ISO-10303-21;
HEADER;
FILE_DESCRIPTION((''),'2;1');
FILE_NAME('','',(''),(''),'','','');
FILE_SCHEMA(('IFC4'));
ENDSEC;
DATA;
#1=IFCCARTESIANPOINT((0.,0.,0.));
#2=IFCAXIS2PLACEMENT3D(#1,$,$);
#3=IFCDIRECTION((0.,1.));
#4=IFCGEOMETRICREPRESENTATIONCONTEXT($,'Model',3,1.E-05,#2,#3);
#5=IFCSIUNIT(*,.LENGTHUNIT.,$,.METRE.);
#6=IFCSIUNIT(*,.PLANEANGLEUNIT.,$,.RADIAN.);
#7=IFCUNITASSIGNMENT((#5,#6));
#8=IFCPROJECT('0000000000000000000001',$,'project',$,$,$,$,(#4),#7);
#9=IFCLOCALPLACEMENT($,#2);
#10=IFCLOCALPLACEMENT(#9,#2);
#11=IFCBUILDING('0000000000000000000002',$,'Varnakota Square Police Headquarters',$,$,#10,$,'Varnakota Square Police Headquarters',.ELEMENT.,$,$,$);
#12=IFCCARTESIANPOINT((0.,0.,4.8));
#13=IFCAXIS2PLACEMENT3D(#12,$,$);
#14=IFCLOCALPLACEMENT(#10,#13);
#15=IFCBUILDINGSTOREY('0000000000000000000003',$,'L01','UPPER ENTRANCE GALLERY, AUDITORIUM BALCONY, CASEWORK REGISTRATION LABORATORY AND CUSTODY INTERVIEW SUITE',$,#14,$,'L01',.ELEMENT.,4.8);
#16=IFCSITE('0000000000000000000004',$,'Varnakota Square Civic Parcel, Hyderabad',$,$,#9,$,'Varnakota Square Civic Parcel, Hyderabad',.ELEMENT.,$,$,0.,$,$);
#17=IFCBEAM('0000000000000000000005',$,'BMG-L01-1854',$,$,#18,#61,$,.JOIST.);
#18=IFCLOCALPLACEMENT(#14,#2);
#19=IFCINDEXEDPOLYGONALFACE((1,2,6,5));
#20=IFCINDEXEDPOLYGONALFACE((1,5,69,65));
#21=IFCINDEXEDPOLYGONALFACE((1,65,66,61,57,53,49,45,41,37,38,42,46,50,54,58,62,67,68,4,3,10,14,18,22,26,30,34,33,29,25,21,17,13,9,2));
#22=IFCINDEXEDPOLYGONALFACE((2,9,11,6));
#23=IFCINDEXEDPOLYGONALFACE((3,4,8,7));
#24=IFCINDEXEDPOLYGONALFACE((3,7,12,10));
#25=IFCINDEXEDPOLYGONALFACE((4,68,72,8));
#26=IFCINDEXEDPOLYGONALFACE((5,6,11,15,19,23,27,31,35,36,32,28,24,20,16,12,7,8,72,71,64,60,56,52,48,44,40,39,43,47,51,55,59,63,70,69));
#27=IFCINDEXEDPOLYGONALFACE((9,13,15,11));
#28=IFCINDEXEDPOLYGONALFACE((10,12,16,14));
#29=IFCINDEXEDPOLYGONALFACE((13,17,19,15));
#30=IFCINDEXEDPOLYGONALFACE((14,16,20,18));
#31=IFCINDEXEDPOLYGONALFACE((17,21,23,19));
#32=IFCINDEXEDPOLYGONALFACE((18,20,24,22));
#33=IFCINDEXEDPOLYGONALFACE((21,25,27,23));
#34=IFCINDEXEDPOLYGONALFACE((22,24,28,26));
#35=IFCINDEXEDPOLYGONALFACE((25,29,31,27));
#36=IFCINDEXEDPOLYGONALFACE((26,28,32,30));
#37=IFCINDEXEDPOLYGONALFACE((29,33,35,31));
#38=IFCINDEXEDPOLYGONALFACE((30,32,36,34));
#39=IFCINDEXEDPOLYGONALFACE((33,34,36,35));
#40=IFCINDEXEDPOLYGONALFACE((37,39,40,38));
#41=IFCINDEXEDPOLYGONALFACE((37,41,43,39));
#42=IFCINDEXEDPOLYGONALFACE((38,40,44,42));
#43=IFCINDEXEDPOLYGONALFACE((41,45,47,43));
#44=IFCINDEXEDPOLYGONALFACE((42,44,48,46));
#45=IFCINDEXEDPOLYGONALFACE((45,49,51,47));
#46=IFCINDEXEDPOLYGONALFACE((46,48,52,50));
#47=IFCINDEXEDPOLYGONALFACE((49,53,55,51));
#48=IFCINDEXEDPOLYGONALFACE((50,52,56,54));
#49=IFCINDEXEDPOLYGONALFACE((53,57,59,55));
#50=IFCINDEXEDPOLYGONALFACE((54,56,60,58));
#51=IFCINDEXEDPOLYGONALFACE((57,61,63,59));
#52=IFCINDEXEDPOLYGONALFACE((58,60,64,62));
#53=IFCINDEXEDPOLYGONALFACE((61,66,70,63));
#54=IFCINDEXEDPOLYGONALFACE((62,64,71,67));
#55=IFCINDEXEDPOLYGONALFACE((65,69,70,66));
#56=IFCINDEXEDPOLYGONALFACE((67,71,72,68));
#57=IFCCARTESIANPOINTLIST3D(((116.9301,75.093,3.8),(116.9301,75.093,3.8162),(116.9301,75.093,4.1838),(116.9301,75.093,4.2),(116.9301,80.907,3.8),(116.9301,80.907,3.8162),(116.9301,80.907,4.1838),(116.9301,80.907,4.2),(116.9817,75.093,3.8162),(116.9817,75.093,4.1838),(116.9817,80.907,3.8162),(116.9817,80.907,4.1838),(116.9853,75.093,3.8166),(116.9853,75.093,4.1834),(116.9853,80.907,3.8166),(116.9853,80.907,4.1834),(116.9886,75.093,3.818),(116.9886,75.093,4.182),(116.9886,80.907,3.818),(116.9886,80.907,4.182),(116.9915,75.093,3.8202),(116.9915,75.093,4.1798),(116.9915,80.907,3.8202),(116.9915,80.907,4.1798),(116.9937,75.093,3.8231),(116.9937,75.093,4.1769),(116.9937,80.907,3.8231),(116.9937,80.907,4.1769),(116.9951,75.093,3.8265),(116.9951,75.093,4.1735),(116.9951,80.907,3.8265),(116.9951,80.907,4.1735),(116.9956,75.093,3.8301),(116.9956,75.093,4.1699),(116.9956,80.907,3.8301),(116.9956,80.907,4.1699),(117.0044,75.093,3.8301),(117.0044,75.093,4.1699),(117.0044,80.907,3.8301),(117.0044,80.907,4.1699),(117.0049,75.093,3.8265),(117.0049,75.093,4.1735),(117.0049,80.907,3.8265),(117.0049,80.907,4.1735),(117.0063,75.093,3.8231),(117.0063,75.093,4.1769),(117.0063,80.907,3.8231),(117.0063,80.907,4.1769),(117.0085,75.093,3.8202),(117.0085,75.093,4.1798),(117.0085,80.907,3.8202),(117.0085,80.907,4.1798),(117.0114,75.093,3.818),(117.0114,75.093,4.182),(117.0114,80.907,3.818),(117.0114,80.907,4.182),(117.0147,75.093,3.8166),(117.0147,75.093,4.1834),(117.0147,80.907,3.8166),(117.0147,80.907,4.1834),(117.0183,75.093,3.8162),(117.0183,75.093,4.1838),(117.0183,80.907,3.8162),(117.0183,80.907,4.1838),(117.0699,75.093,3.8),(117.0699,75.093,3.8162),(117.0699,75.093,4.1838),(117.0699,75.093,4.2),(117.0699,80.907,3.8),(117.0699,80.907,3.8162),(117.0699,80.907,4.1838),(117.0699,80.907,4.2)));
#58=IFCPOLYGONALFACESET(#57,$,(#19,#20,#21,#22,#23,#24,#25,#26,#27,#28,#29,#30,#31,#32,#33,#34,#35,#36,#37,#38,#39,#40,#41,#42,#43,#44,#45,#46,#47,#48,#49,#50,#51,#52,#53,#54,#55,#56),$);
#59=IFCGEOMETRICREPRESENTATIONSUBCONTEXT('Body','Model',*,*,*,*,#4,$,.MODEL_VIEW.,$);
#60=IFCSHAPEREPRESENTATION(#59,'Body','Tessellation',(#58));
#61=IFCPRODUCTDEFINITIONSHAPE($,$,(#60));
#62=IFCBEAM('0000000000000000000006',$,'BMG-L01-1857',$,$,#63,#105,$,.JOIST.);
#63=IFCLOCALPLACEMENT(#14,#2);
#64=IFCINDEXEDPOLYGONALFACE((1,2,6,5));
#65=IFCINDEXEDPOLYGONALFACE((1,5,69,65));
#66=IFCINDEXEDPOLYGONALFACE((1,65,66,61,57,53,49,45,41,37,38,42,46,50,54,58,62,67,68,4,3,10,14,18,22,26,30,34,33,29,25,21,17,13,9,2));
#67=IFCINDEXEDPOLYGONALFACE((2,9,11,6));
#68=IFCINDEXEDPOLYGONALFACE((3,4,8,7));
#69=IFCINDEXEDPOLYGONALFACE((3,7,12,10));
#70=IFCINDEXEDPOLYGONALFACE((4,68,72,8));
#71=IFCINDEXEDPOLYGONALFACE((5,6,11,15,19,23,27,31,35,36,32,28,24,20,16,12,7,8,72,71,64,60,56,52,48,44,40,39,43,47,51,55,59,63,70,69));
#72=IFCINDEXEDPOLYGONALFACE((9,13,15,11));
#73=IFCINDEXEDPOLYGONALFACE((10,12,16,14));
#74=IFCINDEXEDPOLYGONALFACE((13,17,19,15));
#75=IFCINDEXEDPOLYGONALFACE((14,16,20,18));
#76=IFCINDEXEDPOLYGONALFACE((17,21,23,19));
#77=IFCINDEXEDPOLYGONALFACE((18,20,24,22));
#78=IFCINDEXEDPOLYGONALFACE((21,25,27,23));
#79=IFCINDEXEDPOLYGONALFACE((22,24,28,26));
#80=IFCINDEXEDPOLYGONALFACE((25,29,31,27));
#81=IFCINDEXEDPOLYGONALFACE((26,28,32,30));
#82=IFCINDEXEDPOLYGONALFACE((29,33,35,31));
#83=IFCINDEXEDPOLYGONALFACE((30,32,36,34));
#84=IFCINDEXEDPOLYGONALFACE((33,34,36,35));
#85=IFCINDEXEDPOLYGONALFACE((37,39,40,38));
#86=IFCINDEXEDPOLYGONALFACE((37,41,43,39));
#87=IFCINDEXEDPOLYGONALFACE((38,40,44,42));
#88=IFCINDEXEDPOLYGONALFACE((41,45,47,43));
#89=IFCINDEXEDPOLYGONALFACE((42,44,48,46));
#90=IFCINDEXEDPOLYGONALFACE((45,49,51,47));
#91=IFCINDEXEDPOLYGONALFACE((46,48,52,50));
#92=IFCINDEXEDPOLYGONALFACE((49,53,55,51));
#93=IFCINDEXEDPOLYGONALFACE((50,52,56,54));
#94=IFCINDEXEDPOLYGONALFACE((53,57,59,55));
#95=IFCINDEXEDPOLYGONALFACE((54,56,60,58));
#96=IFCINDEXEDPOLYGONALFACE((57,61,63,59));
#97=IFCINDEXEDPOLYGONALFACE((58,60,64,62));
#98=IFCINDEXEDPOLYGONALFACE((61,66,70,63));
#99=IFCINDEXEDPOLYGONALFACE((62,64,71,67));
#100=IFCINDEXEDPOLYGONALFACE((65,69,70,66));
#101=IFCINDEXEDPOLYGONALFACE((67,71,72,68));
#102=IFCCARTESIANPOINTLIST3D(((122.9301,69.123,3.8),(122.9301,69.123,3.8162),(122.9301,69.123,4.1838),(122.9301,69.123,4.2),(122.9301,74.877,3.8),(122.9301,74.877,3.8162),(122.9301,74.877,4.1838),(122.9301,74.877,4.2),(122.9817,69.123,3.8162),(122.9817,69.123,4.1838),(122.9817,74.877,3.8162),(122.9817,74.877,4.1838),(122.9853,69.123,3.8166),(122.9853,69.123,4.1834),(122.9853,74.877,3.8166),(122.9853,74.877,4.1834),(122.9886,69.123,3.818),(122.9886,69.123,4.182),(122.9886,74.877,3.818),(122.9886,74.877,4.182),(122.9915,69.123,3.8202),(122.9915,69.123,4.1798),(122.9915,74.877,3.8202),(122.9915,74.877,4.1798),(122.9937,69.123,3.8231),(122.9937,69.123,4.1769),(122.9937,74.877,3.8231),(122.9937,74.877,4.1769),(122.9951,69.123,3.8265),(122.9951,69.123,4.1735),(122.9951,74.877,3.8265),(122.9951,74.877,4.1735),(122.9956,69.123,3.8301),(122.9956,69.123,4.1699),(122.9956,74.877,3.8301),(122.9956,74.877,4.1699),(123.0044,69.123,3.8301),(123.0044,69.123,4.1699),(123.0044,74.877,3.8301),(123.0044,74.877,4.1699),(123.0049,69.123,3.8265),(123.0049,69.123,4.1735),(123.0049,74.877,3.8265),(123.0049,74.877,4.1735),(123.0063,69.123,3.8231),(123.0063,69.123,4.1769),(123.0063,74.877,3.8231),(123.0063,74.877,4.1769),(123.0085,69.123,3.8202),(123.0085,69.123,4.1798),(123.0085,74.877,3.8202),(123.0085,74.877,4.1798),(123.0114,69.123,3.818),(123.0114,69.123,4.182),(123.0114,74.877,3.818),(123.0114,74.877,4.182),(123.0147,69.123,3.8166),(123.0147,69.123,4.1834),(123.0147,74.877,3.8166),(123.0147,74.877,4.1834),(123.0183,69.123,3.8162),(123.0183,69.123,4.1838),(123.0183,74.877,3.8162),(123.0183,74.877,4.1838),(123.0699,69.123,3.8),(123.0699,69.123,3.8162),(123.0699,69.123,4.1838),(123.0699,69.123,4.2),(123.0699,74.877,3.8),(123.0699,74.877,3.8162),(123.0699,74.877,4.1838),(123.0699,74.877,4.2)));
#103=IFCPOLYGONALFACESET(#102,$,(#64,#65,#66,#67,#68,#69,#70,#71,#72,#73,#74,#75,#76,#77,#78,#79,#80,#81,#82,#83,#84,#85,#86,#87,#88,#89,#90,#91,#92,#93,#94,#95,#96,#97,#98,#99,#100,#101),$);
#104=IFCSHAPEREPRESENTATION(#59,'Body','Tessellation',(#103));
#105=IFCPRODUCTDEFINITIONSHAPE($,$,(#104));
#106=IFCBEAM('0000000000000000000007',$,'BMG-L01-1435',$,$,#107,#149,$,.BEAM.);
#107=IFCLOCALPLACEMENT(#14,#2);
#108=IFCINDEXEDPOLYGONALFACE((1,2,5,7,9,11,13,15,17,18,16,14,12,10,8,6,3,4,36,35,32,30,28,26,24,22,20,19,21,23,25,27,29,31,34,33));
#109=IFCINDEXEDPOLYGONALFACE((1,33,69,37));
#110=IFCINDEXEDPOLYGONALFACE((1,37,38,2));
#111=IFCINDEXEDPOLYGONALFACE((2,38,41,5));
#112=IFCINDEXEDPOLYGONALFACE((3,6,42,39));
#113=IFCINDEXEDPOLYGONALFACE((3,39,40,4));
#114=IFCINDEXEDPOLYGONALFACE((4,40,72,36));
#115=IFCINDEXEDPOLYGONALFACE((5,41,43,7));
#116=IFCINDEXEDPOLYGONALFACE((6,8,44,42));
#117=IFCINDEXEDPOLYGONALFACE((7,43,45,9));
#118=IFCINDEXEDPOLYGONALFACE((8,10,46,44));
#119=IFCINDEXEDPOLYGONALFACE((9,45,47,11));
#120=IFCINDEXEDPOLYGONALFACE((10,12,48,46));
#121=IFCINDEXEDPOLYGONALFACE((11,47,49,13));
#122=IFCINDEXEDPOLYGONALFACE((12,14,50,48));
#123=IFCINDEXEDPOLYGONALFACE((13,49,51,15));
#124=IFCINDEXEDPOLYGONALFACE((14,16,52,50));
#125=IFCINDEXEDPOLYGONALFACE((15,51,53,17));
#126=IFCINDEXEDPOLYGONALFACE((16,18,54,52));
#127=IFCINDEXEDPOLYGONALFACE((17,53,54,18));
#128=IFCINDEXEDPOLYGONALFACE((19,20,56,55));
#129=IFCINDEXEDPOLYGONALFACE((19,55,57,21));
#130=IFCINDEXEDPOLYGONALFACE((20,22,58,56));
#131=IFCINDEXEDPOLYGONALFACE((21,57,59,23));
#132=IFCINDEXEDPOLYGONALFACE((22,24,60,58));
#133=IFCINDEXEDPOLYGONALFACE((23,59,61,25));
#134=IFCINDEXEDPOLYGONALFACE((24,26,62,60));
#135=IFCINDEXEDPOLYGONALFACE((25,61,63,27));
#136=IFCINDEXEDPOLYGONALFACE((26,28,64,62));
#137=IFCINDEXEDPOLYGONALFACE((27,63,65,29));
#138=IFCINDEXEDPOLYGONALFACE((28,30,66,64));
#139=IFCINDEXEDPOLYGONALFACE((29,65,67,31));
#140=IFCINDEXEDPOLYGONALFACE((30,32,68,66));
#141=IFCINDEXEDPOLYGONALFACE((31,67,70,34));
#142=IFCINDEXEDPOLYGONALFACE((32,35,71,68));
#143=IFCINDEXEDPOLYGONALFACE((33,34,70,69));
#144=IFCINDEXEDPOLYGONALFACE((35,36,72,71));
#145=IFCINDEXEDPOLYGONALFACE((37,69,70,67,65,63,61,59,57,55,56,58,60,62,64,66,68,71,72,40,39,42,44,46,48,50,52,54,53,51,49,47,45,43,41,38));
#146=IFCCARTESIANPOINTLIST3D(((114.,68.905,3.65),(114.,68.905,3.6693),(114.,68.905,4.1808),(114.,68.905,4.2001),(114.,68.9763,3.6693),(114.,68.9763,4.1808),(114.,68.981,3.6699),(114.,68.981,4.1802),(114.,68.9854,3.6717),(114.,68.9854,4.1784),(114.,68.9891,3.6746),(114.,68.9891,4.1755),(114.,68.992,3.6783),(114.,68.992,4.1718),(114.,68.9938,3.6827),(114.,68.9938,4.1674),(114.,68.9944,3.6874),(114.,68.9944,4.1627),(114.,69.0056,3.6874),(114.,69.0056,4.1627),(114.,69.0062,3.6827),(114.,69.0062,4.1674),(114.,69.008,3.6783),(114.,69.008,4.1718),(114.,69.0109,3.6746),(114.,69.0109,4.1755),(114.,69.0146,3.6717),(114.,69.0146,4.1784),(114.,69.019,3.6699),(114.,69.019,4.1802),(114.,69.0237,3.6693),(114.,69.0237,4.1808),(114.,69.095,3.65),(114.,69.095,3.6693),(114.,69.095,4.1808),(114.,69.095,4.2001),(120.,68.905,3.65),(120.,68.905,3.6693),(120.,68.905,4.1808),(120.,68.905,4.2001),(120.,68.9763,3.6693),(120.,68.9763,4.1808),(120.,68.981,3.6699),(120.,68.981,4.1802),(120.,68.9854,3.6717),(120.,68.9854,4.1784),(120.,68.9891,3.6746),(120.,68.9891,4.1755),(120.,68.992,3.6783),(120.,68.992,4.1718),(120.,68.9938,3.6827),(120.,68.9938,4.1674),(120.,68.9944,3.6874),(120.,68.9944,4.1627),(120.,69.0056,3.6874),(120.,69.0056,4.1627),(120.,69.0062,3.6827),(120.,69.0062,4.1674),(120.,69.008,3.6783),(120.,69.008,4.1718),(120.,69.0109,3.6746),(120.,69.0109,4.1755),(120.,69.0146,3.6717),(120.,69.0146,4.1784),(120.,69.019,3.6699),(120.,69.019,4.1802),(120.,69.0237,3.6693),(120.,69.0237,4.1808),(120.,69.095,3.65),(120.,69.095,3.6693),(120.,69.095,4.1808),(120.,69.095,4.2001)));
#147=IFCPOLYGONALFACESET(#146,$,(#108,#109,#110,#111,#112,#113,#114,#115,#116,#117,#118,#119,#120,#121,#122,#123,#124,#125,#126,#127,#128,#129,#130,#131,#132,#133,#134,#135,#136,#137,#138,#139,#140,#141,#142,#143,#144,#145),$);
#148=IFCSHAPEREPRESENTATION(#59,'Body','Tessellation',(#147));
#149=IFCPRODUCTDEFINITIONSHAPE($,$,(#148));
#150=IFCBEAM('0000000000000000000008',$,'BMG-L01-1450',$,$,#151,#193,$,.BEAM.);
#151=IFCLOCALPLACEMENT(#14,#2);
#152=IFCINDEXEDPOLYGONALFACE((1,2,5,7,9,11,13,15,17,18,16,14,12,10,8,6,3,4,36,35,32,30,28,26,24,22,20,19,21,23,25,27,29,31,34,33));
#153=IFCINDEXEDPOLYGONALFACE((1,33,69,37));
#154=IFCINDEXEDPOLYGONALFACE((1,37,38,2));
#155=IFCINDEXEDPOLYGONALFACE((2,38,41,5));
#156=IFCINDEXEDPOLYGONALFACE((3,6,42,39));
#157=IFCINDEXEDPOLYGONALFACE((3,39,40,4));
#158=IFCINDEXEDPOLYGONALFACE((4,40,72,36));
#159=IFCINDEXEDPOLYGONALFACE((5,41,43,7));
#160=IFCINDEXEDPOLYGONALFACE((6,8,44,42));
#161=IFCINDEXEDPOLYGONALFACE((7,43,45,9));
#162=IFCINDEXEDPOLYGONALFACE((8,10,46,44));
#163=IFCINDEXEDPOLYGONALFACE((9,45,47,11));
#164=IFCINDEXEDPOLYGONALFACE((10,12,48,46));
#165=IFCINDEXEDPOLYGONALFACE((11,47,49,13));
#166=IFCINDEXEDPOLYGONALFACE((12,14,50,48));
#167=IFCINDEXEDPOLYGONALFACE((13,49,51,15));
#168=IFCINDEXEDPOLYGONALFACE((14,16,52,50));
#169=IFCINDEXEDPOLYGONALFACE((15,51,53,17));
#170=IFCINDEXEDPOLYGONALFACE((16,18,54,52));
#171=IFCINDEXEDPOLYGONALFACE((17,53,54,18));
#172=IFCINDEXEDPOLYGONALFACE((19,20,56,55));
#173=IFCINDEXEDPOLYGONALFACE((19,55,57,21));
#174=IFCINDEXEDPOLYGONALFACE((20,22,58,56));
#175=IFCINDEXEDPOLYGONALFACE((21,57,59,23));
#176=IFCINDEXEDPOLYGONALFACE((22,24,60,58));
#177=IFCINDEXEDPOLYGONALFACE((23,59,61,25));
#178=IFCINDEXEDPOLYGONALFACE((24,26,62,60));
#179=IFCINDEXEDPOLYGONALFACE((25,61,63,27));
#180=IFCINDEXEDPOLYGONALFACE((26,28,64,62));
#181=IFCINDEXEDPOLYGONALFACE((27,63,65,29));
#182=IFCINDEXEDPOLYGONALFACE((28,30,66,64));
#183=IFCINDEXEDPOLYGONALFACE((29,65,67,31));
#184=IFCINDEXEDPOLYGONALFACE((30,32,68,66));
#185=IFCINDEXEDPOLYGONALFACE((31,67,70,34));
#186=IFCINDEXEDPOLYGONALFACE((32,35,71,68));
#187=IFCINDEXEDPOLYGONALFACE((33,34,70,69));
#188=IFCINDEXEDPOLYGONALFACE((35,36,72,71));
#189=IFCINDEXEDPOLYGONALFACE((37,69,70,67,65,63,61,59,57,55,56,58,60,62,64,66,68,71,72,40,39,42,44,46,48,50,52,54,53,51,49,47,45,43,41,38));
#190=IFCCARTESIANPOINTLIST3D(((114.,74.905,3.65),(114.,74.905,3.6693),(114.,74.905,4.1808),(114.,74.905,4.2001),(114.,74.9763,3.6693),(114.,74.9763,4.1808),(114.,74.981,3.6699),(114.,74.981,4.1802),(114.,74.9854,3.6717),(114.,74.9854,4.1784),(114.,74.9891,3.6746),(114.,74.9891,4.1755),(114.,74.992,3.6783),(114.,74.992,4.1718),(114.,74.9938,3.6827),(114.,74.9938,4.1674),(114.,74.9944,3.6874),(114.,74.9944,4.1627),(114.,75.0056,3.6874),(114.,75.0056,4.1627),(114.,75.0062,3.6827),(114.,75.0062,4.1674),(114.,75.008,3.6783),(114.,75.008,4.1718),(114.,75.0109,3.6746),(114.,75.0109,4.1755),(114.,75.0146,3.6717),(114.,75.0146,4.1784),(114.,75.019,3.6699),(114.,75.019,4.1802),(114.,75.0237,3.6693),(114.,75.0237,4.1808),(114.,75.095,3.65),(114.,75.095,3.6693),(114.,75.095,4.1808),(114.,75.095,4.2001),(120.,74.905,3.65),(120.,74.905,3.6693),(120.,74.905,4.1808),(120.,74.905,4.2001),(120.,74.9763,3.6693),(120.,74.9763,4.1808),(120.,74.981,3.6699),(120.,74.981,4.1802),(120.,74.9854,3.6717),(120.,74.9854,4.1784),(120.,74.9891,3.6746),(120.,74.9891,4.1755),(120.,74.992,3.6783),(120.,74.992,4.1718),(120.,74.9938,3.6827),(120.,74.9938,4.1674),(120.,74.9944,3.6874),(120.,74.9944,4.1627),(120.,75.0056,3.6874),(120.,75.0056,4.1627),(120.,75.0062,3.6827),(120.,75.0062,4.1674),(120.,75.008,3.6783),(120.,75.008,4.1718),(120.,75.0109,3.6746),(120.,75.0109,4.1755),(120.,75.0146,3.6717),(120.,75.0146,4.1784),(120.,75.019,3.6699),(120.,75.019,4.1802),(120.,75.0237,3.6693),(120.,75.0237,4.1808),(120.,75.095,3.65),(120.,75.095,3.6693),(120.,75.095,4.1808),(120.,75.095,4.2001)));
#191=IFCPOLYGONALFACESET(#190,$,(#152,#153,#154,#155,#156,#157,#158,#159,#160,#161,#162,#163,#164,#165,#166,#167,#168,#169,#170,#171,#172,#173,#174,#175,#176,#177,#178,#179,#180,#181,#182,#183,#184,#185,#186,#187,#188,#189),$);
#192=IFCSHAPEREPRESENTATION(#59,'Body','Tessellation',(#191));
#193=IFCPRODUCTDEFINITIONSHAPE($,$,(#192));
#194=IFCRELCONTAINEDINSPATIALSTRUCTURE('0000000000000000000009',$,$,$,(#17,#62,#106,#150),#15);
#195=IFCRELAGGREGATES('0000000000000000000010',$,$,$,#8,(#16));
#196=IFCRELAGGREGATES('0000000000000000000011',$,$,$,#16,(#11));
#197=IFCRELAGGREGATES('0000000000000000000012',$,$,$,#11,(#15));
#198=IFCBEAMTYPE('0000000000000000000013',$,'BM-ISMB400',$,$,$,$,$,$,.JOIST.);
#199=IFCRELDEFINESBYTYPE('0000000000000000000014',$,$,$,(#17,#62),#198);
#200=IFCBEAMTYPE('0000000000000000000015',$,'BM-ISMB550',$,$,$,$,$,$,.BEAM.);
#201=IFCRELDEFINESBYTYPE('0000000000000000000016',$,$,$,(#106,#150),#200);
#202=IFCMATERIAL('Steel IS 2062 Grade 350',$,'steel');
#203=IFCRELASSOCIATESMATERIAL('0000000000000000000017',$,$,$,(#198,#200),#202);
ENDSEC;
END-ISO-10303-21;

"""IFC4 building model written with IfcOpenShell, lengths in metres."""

from ifc_helpers import new_model, si_unit, direction, frame, origin, origin_2d, place, context, subcontext, project, spatial, i_section, extrude, material, material_profile, profile_set, type_object, element, save


model = new_model("IFC4")

# Units and contexts
model_context = context("Model", 3, precision=1e-05, world=origin(), true_north=direction((0.0, 1.0)))
body_context = subcontext(model_context, "Body", "Model", "MODEL_VIEW")
ifc_project = project(units=[si_unit("LENGTHUNIT", "METRE"), si_unit("PLANEANGLEUNIT", "RADIAN")], contexts=[model_context])

# Site, building, storey
site_placement = place(None, origin())
site = spatial("IfcSite", under=ifc_project, at=site_placement, Name="Varnakota Square Civic Parcel, Hyderabad", LongName="Varnakota Square Civic Parcel, Hyderabad", CompositionType="ELEMENT", RefElevation=0.0)
building_placement = place(site_placement, origin())
building = spatial("IfcBuilding", under=site, at=building_placement, Name="Varnakota Square Police Headquarters", LongName="Varnakota Square Police Headquarters", CompositionType="ELEMENT")
storey_placement = place(building_placement, frame((0.0, 0.0, 4.8)))
storey = spatial("IfcBuildingStorey", under=building, at=storey_placement, Name="L01", Description="UPPER ENTRANCE GALLERY, AUDITORIUM BALCONY, CASEWORK REGISTRATION LABORATORY AND CUSTODY INTERVIEW SUITE", LongName="L01", CompositionType="ELEMENT", Elevation=4.8)

# Shared definitions
ifc_material_1 = material(Name="Steel IS 2062 Grade 350", Category="steel")

# Beams
ifc_material_profile_1 = material_profile(ifc_material_1, i_section(OverallWidth=0.1399, OverallDepth=0.3999, WebThickness=0.0088, FlangeThickness=0.0161, FilletRadius=0.0139, at=origin_2d()), Name="ISMB 400")
ifc_profile_set_1 = profile_set([ifc_material_profile_1], Name="Steel IS 2062 Grade 350")
beam_type_1 = type_object("IfcBeamType", Name="BM-ISMB400", PredefinedType="JOIST", material=ifc_profile_set_1)
beam_1_placement = place(storey_placement, frame((117.0, 75.093, 4.0), z_axis=(0.0, 1.0, 0.0), x_axis=(-1.0, 0.0, 0.0)))
element("IfcBeam", 1, at=beam_1_placement, inside=storey, type_object=beam_type_1, Name="BMG-L01-1854", PredefinedType="JOIST", context=body_context, shape_type="SweptSolid", body=[
    extrude(i_section(OverallWidth=0.1399, OverallDepth=0.3999, WebThickness=0.0088, FlangeThickness=0.0161, FilletRadius=0.0139, at=origin_2d()), origin(), (0.0, 0.0, 1.0), 5.814),
])
beam_2_placement = place(storey_placement, frame((123.0, 69.123, 4.0), z_axis=(0.0, 1.0, 0.0), x_axis=(-1.0, 0.0, 0.0)))
element("IfcBeam", 2, at=beam_2_placement, inside=storey, type_object=beam_type_1, Name="BMG-L01-1857", PredefinedType="JOIST", context=body_context, shape_type="SweptSolid", body=[
    extrude(i_section(OverallWidth=0.1399, OverallDepth=0.3999, WebThickness=0.0088, FlangeThickness=0.0161, FilletRadius=0.0139, at=origin_2d()), origin(), (0.0, 0.0, 1.0), 5.7539),
])
ifc_material_profile_2 = material_profile(ifc_material_1, i_section(OverallWidth=0.1899, OverallDepth=0.55, WebThickness=0.0112, FlangeThickness=0.0193, FilletRadius=0.0181, at=origin_2d()), Name="ISMB 550")
ifc_profile_set_2 = profile_set([ifc_material_profile_2], Name="Steel IS 2062 Grade 350")
beam_type_2 = type_object("IfcBeamType", Name="BM-ISMB550", PredefinedType="BEAM", material=ifc_profile_set_2)
for number, where, z_axis, x_axis, name in (
    (3, (114.0, 69.0, 3.925), (1.0, 0.0, 0.0), (0.0, 1.0, 0.0), "BMG-L01-1435"),
    (4, (114.0, 75.0, 3.925), (1.0, 0.0, 0.0), (0.0, 1.0, 0.0), "BMG-L01-1450"),
):
    element("IfcBeam", number, at=place(storey_placement, frame(where, z_axis=z_axis, x_axis=x_axis)), inside=storey, type_object=beam_type_2, Name=name, PredefinedType="BEAM", context=body_context, shape_type="SweptSolid", body=[
        extrude(i_section(OverallWidth=0.1899, OverallDepth=0.55, WebThickness=0.0112, FlangeThickness=0.0193, FilletRadius=0.0181, at=origin_2d()), origin(), (0.0, 0.0, 1.0), 6.0),
    ])

save(model, "model.ifc")
